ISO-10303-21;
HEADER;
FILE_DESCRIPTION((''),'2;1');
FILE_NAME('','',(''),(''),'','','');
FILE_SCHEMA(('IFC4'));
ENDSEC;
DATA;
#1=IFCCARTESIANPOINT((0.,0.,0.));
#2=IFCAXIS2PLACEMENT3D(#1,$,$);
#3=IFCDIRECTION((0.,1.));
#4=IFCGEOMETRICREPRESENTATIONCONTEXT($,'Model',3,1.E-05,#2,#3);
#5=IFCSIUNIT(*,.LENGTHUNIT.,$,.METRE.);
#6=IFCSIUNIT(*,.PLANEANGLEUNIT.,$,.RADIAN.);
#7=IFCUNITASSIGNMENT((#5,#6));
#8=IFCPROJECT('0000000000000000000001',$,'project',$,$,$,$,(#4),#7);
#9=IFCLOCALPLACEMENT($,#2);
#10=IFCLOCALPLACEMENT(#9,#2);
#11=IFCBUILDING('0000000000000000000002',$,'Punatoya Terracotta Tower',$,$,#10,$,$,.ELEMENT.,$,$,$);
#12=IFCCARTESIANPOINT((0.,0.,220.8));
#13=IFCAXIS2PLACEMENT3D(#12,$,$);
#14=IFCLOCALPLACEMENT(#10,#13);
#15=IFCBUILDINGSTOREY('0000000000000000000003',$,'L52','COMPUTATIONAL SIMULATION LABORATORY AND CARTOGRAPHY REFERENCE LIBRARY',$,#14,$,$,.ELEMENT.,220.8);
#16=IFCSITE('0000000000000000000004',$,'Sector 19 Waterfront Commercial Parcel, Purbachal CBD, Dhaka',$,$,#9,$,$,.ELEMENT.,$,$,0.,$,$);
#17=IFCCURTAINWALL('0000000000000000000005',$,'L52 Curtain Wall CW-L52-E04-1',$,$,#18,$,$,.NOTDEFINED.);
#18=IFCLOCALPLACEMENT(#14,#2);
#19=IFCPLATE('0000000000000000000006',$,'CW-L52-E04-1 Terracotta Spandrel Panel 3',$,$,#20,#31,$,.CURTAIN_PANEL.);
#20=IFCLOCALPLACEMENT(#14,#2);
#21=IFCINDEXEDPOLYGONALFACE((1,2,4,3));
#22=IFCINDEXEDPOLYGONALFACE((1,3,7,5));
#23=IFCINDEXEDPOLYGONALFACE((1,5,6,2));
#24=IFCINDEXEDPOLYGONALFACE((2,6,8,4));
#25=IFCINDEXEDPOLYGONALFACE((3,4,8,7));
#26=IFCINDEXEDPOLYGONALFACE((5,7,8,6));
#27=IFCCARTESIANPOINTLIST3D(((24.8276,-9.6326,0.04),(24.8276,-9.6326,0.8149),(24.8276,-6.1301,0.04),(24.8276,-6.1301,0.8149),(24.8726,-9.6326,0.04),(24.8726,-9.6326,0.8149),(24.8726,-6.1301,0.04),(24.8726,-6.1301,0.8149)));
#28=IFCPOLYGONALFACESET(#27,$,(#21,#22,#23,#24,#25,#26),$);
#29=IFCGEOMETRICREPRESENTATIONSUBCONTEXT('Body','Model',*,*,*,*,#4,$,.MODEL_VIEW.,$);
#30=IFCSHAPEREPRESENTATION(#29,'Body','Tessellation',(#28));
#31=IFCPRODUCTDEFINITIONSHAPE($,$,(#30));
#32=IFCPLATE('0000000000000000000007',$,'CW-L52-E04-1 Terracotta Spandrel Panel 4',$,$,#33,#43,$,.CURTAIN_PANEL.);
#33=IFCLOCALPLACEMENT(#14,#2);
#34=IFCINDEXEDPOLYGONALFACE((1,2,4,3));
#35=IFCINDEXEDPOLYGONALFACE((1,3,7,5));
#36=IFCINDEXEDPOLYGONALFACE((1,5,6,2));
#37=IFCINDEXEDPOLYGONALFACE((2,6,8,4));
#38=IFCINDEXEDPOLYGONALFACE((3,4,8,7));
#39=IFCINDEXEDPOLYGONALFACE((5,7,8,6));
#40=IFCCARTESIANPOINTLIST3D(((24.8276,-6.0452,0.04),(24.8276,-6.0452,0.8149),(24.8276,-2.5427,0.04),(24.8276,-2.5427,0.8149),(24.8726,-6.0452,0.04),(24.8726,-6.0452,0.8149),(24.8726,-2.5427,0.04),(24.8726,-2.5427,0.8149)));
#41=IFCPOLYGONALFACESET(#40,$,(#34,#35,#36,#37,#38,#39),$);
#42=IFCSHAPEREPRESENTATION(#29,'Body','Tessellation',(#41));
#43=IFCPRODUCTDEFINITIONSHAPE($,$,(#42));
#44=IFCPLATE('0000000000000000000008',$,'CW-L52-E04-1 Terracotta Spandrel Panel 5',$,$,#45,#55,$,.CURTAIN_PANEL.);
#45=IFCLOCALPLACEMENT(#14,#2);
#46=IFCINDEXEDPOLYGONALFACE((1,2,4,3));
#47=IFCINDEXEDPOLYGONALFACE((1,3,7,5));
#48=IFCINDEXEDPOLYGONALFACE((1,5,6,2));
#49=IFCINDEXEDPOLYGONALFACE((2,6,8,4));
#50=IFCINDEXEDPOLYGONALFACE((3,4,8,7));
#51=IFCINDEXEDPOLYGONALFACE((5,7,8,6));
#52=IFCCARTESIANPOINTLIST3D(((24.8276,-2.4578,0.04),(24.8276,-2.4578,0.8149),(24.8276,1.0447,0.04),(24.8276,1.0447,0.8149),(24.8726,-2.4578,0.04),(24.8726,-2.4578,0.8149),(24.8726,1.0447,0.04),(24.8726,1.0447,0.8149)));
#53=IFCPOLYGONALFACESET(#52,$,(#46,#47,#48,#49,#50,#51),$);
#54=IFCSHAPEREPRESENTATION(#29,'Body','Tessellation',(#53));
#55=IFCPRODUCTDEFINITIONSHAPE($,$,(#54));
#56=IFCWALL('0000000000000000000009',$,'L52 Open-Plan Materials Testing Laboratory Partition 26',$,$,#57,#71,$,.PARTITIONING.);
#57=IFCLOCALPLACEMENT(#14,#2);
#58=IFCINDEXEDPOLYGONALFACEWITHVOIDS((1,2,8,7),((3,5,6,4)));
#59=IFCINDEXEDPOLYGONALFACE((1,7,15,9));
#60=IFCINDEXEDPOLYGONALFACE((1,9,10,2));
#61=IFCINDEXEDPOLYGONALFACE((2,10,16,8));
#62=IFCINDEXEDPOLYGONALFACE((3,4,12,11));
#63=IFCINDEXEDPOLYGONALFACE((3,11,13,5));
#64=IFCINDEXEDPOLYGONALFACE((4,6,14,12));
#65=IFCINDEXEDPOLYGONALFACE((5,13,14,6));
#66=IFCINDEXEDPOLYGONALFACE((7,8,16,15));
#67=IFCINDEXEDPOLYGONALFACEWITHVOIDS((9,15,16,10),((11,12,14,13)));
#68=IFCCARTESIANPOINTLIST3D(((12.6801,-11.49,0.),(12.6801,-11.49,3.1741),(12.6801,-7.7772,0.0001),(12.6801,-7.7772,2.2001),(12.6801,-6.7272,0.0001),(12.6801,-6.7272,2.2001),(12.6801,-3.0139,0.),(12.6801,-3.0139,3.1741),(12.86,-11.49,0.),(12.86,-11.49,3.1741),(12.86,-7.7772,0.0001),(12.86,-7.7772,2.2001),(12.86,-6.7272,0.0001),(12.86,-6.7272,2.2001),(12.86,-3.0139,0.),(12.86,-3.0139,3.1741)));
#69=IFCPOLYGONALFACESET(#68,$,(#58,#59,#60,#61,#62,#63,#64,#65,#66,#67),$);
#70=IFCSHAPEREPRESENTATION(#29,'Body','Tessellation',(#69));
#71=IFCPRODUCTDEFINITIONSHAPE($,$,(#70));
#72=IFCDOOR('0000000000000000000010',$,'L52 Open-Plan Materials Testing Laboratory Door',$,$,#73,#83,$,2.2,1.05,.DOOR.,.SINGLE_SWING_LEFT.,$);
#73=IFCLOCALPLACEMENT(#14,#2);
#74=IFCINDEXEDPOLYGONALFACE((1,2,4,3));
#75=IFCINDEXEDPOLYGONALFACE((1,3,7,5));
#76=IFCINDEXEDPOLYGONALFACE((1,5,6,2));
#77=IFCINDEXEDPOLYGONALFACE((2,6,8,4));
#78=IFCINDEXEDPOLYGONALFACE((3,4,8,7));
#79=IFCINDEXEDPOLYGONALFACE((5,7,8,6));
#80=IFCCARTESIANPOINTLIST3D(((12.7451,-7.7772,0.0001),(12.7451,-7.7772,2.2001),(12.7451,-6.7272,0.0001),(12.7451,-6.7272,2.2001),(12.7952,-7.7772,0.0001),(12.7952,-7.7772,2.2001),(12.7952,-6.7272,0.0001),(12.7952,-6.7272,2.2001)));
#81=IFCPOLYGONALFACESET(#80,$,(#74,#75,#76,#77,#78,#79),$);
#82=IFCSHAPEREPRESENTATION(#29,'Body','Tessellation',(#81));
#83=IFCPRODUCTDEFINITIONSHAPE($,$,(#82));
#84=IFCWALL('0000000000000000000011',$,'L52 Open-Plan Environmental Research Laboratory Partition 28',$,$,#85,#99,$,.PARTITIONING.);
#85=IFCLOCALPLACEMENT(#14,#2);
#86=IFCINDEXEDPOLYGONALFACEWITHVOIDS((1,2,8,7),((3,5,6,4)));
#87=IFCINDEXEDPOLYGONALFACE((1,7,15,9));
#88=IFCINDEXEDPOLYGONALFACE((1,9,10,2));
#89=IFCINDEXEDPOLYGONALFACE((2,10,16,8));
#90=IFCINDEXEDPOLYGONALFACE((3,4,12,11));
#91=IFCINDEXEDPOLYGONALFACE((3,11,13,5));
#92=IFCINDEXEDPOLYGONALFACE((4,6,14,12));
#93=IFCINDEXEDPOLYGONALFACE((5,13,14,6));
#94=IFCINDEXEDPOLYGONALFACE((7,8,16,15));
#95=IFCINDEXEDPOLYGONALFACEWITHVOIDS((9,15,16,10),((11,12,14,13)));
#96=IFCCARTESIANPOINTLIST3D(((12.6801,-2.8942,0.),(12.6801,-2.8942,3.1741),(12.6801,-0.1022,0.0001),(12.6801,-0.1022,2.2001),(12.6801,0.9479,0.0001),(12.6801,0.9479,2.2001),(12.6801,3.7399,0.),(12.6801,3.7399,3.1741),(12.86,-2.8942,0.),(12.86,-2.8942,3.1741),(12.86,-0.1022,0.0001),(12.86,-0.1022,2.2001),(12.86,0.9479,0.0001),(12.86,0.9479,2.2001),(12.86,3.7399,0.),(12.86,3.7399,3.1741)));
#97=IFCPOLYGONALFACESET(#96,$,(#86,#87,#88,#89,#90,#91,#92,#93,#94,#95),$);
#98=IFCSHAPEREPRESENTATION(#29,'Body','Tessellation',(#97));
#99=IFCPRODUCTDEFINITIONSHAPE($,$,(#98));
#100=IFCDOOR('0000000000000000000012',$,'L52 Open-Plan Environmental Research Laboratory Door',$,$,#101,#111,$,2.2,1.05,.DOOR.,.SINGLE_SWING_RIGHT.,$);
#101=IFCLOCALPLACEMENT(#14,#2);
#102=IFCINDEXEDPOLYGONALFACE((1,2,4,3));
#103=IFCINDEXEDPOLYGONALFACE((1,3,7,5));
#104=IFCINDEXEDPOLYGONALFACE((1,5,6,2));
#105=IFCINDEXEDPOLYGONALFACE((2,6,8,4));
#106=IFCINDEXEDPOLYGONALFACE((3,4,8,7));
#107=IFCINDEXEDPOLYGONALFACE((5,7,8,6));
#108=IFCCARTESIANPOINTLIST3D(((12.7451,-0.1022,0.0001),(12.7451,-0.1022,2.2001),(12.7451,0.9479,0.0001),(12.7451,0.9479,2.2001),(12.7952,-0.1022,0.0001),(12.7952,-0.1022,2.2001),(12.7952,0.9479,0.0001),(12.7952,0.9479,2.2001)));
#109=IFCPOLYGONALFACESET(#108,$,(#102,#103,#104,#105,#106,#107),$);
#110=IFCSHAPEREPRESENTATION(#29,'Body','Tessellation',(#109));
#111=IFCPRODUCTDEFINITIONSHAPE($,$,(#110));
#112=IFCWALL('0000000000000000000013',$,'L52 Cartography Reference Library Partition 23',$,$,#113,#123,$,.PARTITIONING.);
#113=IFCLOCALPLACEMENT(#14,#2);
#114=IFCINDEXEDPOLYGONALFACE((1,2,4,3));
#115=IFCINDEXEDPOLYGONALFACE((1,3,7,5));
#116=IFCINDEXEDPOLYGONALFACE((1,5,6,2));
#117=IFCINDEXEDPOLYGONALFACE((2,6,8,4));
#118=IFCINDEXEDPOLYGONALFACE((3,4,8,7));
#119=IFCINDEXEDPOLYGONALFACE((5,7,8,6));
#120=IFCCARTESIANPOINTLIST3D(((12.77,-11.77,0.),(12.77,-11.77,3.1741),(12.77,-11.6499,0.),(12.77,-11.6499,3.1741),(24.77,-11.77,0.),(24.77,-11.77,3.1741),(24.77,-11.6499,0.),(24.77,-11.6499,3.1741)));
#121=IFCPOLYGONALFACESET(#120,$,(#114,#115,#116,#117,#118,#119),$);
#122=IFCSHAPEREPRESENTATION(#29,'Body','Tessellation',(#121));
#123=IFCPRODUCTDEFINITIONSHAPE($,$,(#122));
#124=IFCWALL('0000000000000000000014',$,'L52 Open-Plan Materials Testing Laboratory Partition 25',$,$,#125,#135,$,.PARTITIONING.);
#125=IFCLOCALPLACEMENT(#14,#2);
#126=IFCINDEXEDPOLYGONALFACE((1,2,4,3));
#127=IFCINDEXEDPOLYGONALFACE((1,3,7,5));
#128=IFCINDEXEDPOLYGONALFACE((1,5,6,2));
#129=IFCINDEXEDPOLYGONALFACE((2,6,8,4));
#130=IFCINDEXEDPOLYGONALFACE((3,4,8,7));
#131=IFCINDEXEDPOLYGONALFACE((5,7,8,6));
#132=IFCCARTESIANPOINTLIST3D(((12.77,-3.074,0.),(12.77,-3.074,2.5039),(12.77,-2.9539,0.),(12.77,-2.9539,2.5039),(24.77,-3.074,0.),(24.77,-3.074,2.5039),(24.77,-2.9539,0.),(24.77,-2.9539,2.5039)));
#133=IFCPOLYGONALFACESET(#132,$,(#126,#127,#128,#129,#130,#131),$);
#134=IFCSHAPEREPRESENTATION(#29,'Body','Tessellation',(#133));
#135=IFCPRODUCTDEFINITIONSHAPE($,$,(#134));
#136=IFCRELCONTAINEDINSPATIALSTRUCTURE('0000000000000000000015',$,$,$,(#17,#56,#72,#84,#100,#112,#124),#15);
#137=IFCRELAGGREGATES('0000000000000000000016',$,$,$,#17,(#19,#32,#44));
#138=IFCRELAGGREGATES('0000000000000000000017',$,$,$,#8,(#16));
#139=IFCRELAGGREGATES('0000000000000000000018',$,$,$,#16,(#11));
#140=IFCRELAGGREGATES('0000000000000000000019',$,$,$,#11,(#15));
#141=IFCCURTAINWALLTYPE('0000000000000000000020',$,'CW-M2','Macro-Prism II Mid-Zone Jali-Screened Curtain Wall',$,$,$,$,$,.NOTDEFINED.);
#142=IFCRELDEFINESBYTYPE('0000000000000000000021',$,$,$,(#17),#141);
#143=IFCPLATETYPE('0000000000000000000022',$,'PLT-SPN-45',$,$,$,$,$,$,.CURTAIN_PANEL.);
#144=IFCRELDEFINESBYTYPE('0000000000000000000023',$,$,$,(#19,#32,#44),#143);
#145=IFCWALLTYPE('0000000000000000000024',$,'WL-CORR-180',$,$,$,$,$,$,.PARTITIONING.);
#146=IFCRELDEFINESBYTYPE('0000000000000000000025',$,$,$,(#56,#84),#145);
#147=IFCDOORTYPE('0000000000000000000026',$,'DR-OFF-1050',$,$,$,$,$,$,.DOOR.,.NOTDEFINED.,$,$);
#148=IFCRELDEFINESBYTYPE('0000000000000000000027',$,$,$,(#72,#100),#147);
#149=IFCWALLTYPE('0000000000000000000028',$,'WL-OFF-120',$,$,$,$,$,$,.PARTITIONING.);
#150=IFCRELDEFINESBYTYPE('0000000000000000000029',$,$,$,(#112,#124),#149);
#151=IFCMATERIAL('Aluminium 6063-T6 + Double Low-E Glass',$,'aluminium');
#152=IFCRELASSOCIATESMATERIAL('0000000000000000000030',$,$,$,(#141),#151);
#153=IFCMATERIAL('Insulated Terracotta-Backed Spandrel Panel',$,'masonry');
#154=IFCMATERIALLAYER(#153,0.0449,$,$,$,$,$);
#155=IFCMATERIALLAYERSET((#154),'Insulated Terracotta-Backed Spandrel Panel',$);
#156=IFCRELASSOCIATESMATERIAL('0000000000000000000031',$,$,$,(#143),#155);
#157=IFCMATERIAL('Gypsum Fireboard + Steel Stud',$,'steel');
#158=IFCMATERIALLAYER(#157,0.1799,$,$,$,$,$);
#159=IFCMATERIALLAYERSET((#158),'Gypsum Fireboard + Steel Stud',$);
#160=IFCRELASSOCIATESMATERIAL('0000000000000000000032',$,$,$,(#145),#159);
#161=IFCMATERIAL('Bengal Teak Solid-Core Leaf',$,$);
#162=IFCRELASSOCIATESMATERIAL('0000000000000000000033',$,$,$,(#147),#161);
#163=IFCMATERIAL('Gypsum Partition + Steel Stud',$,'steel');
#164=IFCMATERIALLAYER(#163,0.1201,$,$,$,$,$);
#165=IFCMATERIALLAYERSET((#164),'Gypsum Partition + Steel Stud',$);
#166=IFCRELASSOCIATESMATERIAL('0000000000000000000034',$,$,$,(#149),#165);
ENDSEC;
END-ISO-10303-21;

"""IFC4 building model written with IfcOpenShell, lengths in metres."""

from ifc_helpers import new_model, si_unit, direction, frame, frame_2d, origin, origin_2d, place, context, subcontext, project, spatial, rectangle, extrude, material, layer, layer_set, type_object, element, fill, aggregate, save


model = new_model("IFC4")

# Units and contexts
model_context = context("Model", 3, precision=1e-05, world=origin(), true_north=direction((0.0, 1.0)))
body_context = subcontext(model_context, "Body", "Model", "MODEL_VIEW")
ifc_project = project(units=[si_unit("LENGTHUNIT", "METRE"), si_unit("PLANEANGLEUNIT", "RADIAN")], contexts=[model_context])

# Site, building, storey
site_placement = place(None, origin())
site = spatial("IfcSite", under=ifc_project, at=site_placement, Name="Sector 19 Waterfront Commercial Parcel, Purbachal CBD, Dhaka", CompositionType="ELEMENT", RefElevation=0.0)
building_placement = place(site_placement, origin())
building = spatial("IfcBuilding", under=site, at=building_placement, Name="Punatoya Terracotta Tower", CompositionType="ELEMENT")
storey_placement = place(building_placement, frame((0.0, 0.0, 220.8)))
storey = spatial("IfcBuildingStorey", under=building, at=storey_placement, Name="L52", Description="COMPUTATIONAL SIMULATION LABORATORY AND CARTOGRAPHY REFERENCE LIBRARY", CompositionType="ELEMENT", Elevation=220.8)

# Curtain wall, plates
ifc_material_1 = material(Name="Aluminium 6063-T6 + Double Low-E Glass", Category="aluminium")
curtain_wall_type = type_object("IfcCurtainWallType", Name="CW-M2", Description="Macro-Prism II Mid-Zone Jali-Screened Curtain Wall", PredefinedType="NOTDEFINED", material=ifc_material_1)
curtain_wall_placement = place(storey_placement, origin())
curtain_wall = element("IfcCurtainWall", 1, at=curtain_wall_placement, inside=storey, type_object=curtain_wall_type, Name="L52 Curtain Wall CW-L52-E04-1", PredefinedType="NOTDEFINED")
ifc_material_2 = material(Name="Insulated Terracotta-Backed Spandrel Panel", Category="masonry")
ifc_layer_1 = layer(ifc_material_2, 0.0449)
ifc_layer_set_1 = layer_set([ifc_layer_1], Name="Insulated Terracotta-Backed Spandrel Panel")
plate_type_1 = type_object("IfcPlateType", Name="PLT-SPN-45", PredefinedType="CURTAIN_PANEL", material=ifc_layer_set_1)
plate_1_placement = place(storey_placement, frame((24.8501, -7.8813, 0.04), z_axis=(0.0, 0.0, 1.0), x_axis=(0.0, 1.0, 0.0)))
plate_1 = element("IfcPlate", 2, at=plate_1_placement, type_object=plate_type_1, Name="CW-L52-E04-1 Terracotta Spandrel Panel 3", PredefinedType="CURTAIN_PANEL", context=body_context, shape_type="SweptSolid", body=[
    extrude(rectangle(XDim=3.5024, YDim=0.0449, at=origin_2d()), origin(), (0.0, 0.0, 1.0), 0.7749),
])
plate_2_placement = place(storey_placement, frame((24.8501, -4.2939, 0.04), z_axis=(0.0, 0.0, 1.0), x_axis=(0.0, 1.0, 0.0)))
plate_2 = element("IfcPlate", 3, at=plate_2_placement, type_object=plate_type_1, Name="CW-L52-E04-1 Terracotta Spandrel Panel 4", PredefinedType="CURTAIN_PANEL", context=body_context, shape_type="SweptSolid", body=[
    extrude(rectangle(XDim=3.5024, YDim=0.0449, at=origin_2d()), origin(), (0.0, 0.0, 1.0), 0.7749),
])
plate_3_placement = place(storey_placement, frame((24.8501, -0.7065, 0.04), z_axis=(0.0, 0.0, 1.0), x_axis=(0.0, 1.0, 0.0)))
plate_3 = element("IfcPlate", 4, at=plate_3_placement, type_object=plate_type_1, Name="CW-L52-E04-1 Terracotta Spandrel Panel 5", PredefinedType="CURTAIN_PANEL", context=body_context, shape_type="SweptSolid", body=[
    extrude(rectangle(XDim=3.5024, YDim=0.0449, at=origin_2d()), origin(), (0.0, 0.0, 1.0), 0.7749),
])
aggregate(curtain_wall, [plate_1, plate_2, plate_3])

# Walls, openings, doors
ifc_material_3 = material(Name="Gypsum Fireboard + Steel Stud", Category="steel")
ifc_layer_2 = layer(ifc_material_3, 0.1799)
ifc_layer_set_2 = layer_set([ifc_layer_2], Name="Gypsum Fireboard + Steel Stud")
wall_type_1 = type_object("IfcWallType", Name="WL-CORR-180", PredefinedType="PARTITIONING", material=ifc_layer_set_2)
wall_1_placement = place(storey_placement, frame((12.77, -11.49, 0.0), z_axis=(0.0, 0.0, 1.0), x_axis=(0.0, 1.0, 0.0)))
wall_1 = element("IfcWall", 5, at=wall_1_placement, inside=storey, type_object=wall_type_1, Name="L52 Open-Plan Materials Testing Laboratory Partition 26", PredefinedType="PARTITIONING", context=body_context, shape_type="SweptSolid", body=[
    extrude(rectangle(XDim=8.4761, YDim=0.1799, at=frame_2d((4.238, 0.0))), origin(), (0.0, 0.0, 1.0), 3.1741),
])
opening_1_placement = place(wall_1_placement, frame((3.7129, 0.0, 0.0)))
opening_1 = element("IfcOpeningElement", 6, at=opening_1_placement, cuts=wall_1, PredefinedType="OPENING", context=body_context, shape_type="SweptSolid", body=[
    extrude(rectangle(XDim=1.05, YDim=2.2, at=frame_2d((0.5249, 1.1001))), frame((0.0, 0.0999, 0.0), z_axis=(0.0, -1.0, 0.0), x_axis=(1.0, 0.0, 0.0)), (0.0, 0.0, 1.0), 0.2),
])
ifc_material_4 = material(Name="Bengal Teak Solid-Core Leaf")
door_type = type_object("IfcDoorType", Name="DR-OFF-1050", OperationType="NOTDEFINED", PredefinedType="DOOR", material=ifc_material_4)
door_1_placement = place(opening_1_placement, origin())
door_1 = element("IfcDoor", 7, at=door_1_placement, inside=storey, type_object=door_type, Name="L52 Open-Plan Materials Testing Laboratory Door", OperationType="SINGLE_SWING_LEFT", OverallHeight=2.2, OverallWidth=1.05, PredefinedType="DOOR", context=body_context, shape_type="SweptSolid", body=[
    extrude(rectangle(XDim=1.05, YDim=2.2, at=frame_2d((0.5249, 1.1001))), frame((0.0, 0.0249, 0.0), z_axis=(0.0, -1.0, 0.0), x_axis=(1.0, 0.0, 0.0)), (0.0, 0.0, 1.0), 0.05),
])
fill(opening_1, door_1)
wall_2_placement = place(storey_placement, frame((12.77, -2.894, 0.0), z_axis=(0.0, 0.0, 1.0), x_axis=(0.0, 1.0, 0.0)))
wall_2 = element("IfcWall", 8, at=wall_2_placement, inside=storey, type_object=wall_type_1, Name="L52 Open-Plan Environmental Research Laboratory Partition 28", PredefinedType="PARTITIONING", context=body_context, shape_type="SweptSolid", body=[
    extrude(rectangle(XDim=6.634, YDim=0.1799, at=frame_2d((3.3169, 0.0))), origin(), (0.0, 0.0, 1.0), 3.1741),
])
opening_2_placement = place(wall_2_placement, frame((2.792, 0.0, 0.0)))
opening_2 = element("IfcOpeningElement", 9, at=opening_2_placement, cuts=wall_2, PredefinedType="OPENING", context=body_context, shape_type="SweptSolid", body=[
    extrude(rectangle(XDim=1.05, YDim=2.2, at=frame_2d((0.5249, 1.1001))), frame((0.0, 0.0999, 0.0), z_axis=(0.0, -1.0, 0.0), x_axis=(1.0, 0.0, 0.0)), (0.0, 0.0, 1.0), 0.2),
])
door_2_placement = place(opening_2_placement, origin())
door_2 = element("IfcDoor", 10, at=door_2_placement, inside=storey, type_object=door_type, Name="L52 Open-Plan Environmental Research Laboratory Door", OperationType="SINGLE_SWING_RIGHT", OverallHeight=2.2, OverallWidth=1.05, PredefinedType="DOOR", context=body_context, shape_type="SweptSolid", body=[
    extrude(rectangle(XDim=1.05, YDim=2.2, at=frame_2d((0.5249, 1.1001))), frame((0.0, 0.0249, 0.0), z_axis=(0.0, -1.0, 0.0), x_axis=(1.0, 0.0, 0.0)), (0.0, 0.0, 1.0), 0.05),
])
fill(opening_2, door_2)

# Walls
ifc_material_5 = material(Name="Gypsum Partition + Steel Stud", Category="steel")
ifc_layer_3 = layer(ifc_material_5, 0.1201)
ifc_layer_set_3 = layer_set([ifc_layer_3], Name="Gypsum Partition + Steel Stud")
wall_type_2 = type_object("IfcWallType", Name="WL-OFF-120", PredefinedType="PARTITIONING", material=ifc_layer_set_3)
wall_3_placement = place(storey_placement, frame((12.77, -11.71, 0.0), z_axis=(0.0, 0.0, 1.0), x_axis=(1.0, 0.0, 0.0)))
element("IfcWall", 11, at=wall_3_placement, inside=storey, type_object=wall_type_2, Name="L52 Cartography Reference Library Partition 23", PredefinedType="PARTITIONING", context=body_context, shape_type="SweptSolid", body=[
    extrude(rectangle(XDim=12.0, YDim=0.1201, at=frame_2d((6.0, 0.0))), origin(), (0.0, 0.0, 1.0), 3.1741),
])
wall_4_placement = place(storey_placement, frame((12.77, -3.0139, 0.0), z_axis=(0.0, 0.0, 1.0), x_axis=(1.0, 0.0, 0.0)))
element("IfcWall", 12, at=wall_4_placement, inside=storey, type_object=wall_type_2, Name="L52 Open-Plan Materials Testing Laboratory Partition 25", PredefinedType="PARTITIONING", context=body_context, shape_type="SweptSolid", body=[
    extrude(rectangle(XDim=12.0, YDim=0.1201, at=frame_2d((6.0, 0.0))), origin(), (0.0, 0.0, 1.0), 2.5039),
])

save(model, "model.ifc")
